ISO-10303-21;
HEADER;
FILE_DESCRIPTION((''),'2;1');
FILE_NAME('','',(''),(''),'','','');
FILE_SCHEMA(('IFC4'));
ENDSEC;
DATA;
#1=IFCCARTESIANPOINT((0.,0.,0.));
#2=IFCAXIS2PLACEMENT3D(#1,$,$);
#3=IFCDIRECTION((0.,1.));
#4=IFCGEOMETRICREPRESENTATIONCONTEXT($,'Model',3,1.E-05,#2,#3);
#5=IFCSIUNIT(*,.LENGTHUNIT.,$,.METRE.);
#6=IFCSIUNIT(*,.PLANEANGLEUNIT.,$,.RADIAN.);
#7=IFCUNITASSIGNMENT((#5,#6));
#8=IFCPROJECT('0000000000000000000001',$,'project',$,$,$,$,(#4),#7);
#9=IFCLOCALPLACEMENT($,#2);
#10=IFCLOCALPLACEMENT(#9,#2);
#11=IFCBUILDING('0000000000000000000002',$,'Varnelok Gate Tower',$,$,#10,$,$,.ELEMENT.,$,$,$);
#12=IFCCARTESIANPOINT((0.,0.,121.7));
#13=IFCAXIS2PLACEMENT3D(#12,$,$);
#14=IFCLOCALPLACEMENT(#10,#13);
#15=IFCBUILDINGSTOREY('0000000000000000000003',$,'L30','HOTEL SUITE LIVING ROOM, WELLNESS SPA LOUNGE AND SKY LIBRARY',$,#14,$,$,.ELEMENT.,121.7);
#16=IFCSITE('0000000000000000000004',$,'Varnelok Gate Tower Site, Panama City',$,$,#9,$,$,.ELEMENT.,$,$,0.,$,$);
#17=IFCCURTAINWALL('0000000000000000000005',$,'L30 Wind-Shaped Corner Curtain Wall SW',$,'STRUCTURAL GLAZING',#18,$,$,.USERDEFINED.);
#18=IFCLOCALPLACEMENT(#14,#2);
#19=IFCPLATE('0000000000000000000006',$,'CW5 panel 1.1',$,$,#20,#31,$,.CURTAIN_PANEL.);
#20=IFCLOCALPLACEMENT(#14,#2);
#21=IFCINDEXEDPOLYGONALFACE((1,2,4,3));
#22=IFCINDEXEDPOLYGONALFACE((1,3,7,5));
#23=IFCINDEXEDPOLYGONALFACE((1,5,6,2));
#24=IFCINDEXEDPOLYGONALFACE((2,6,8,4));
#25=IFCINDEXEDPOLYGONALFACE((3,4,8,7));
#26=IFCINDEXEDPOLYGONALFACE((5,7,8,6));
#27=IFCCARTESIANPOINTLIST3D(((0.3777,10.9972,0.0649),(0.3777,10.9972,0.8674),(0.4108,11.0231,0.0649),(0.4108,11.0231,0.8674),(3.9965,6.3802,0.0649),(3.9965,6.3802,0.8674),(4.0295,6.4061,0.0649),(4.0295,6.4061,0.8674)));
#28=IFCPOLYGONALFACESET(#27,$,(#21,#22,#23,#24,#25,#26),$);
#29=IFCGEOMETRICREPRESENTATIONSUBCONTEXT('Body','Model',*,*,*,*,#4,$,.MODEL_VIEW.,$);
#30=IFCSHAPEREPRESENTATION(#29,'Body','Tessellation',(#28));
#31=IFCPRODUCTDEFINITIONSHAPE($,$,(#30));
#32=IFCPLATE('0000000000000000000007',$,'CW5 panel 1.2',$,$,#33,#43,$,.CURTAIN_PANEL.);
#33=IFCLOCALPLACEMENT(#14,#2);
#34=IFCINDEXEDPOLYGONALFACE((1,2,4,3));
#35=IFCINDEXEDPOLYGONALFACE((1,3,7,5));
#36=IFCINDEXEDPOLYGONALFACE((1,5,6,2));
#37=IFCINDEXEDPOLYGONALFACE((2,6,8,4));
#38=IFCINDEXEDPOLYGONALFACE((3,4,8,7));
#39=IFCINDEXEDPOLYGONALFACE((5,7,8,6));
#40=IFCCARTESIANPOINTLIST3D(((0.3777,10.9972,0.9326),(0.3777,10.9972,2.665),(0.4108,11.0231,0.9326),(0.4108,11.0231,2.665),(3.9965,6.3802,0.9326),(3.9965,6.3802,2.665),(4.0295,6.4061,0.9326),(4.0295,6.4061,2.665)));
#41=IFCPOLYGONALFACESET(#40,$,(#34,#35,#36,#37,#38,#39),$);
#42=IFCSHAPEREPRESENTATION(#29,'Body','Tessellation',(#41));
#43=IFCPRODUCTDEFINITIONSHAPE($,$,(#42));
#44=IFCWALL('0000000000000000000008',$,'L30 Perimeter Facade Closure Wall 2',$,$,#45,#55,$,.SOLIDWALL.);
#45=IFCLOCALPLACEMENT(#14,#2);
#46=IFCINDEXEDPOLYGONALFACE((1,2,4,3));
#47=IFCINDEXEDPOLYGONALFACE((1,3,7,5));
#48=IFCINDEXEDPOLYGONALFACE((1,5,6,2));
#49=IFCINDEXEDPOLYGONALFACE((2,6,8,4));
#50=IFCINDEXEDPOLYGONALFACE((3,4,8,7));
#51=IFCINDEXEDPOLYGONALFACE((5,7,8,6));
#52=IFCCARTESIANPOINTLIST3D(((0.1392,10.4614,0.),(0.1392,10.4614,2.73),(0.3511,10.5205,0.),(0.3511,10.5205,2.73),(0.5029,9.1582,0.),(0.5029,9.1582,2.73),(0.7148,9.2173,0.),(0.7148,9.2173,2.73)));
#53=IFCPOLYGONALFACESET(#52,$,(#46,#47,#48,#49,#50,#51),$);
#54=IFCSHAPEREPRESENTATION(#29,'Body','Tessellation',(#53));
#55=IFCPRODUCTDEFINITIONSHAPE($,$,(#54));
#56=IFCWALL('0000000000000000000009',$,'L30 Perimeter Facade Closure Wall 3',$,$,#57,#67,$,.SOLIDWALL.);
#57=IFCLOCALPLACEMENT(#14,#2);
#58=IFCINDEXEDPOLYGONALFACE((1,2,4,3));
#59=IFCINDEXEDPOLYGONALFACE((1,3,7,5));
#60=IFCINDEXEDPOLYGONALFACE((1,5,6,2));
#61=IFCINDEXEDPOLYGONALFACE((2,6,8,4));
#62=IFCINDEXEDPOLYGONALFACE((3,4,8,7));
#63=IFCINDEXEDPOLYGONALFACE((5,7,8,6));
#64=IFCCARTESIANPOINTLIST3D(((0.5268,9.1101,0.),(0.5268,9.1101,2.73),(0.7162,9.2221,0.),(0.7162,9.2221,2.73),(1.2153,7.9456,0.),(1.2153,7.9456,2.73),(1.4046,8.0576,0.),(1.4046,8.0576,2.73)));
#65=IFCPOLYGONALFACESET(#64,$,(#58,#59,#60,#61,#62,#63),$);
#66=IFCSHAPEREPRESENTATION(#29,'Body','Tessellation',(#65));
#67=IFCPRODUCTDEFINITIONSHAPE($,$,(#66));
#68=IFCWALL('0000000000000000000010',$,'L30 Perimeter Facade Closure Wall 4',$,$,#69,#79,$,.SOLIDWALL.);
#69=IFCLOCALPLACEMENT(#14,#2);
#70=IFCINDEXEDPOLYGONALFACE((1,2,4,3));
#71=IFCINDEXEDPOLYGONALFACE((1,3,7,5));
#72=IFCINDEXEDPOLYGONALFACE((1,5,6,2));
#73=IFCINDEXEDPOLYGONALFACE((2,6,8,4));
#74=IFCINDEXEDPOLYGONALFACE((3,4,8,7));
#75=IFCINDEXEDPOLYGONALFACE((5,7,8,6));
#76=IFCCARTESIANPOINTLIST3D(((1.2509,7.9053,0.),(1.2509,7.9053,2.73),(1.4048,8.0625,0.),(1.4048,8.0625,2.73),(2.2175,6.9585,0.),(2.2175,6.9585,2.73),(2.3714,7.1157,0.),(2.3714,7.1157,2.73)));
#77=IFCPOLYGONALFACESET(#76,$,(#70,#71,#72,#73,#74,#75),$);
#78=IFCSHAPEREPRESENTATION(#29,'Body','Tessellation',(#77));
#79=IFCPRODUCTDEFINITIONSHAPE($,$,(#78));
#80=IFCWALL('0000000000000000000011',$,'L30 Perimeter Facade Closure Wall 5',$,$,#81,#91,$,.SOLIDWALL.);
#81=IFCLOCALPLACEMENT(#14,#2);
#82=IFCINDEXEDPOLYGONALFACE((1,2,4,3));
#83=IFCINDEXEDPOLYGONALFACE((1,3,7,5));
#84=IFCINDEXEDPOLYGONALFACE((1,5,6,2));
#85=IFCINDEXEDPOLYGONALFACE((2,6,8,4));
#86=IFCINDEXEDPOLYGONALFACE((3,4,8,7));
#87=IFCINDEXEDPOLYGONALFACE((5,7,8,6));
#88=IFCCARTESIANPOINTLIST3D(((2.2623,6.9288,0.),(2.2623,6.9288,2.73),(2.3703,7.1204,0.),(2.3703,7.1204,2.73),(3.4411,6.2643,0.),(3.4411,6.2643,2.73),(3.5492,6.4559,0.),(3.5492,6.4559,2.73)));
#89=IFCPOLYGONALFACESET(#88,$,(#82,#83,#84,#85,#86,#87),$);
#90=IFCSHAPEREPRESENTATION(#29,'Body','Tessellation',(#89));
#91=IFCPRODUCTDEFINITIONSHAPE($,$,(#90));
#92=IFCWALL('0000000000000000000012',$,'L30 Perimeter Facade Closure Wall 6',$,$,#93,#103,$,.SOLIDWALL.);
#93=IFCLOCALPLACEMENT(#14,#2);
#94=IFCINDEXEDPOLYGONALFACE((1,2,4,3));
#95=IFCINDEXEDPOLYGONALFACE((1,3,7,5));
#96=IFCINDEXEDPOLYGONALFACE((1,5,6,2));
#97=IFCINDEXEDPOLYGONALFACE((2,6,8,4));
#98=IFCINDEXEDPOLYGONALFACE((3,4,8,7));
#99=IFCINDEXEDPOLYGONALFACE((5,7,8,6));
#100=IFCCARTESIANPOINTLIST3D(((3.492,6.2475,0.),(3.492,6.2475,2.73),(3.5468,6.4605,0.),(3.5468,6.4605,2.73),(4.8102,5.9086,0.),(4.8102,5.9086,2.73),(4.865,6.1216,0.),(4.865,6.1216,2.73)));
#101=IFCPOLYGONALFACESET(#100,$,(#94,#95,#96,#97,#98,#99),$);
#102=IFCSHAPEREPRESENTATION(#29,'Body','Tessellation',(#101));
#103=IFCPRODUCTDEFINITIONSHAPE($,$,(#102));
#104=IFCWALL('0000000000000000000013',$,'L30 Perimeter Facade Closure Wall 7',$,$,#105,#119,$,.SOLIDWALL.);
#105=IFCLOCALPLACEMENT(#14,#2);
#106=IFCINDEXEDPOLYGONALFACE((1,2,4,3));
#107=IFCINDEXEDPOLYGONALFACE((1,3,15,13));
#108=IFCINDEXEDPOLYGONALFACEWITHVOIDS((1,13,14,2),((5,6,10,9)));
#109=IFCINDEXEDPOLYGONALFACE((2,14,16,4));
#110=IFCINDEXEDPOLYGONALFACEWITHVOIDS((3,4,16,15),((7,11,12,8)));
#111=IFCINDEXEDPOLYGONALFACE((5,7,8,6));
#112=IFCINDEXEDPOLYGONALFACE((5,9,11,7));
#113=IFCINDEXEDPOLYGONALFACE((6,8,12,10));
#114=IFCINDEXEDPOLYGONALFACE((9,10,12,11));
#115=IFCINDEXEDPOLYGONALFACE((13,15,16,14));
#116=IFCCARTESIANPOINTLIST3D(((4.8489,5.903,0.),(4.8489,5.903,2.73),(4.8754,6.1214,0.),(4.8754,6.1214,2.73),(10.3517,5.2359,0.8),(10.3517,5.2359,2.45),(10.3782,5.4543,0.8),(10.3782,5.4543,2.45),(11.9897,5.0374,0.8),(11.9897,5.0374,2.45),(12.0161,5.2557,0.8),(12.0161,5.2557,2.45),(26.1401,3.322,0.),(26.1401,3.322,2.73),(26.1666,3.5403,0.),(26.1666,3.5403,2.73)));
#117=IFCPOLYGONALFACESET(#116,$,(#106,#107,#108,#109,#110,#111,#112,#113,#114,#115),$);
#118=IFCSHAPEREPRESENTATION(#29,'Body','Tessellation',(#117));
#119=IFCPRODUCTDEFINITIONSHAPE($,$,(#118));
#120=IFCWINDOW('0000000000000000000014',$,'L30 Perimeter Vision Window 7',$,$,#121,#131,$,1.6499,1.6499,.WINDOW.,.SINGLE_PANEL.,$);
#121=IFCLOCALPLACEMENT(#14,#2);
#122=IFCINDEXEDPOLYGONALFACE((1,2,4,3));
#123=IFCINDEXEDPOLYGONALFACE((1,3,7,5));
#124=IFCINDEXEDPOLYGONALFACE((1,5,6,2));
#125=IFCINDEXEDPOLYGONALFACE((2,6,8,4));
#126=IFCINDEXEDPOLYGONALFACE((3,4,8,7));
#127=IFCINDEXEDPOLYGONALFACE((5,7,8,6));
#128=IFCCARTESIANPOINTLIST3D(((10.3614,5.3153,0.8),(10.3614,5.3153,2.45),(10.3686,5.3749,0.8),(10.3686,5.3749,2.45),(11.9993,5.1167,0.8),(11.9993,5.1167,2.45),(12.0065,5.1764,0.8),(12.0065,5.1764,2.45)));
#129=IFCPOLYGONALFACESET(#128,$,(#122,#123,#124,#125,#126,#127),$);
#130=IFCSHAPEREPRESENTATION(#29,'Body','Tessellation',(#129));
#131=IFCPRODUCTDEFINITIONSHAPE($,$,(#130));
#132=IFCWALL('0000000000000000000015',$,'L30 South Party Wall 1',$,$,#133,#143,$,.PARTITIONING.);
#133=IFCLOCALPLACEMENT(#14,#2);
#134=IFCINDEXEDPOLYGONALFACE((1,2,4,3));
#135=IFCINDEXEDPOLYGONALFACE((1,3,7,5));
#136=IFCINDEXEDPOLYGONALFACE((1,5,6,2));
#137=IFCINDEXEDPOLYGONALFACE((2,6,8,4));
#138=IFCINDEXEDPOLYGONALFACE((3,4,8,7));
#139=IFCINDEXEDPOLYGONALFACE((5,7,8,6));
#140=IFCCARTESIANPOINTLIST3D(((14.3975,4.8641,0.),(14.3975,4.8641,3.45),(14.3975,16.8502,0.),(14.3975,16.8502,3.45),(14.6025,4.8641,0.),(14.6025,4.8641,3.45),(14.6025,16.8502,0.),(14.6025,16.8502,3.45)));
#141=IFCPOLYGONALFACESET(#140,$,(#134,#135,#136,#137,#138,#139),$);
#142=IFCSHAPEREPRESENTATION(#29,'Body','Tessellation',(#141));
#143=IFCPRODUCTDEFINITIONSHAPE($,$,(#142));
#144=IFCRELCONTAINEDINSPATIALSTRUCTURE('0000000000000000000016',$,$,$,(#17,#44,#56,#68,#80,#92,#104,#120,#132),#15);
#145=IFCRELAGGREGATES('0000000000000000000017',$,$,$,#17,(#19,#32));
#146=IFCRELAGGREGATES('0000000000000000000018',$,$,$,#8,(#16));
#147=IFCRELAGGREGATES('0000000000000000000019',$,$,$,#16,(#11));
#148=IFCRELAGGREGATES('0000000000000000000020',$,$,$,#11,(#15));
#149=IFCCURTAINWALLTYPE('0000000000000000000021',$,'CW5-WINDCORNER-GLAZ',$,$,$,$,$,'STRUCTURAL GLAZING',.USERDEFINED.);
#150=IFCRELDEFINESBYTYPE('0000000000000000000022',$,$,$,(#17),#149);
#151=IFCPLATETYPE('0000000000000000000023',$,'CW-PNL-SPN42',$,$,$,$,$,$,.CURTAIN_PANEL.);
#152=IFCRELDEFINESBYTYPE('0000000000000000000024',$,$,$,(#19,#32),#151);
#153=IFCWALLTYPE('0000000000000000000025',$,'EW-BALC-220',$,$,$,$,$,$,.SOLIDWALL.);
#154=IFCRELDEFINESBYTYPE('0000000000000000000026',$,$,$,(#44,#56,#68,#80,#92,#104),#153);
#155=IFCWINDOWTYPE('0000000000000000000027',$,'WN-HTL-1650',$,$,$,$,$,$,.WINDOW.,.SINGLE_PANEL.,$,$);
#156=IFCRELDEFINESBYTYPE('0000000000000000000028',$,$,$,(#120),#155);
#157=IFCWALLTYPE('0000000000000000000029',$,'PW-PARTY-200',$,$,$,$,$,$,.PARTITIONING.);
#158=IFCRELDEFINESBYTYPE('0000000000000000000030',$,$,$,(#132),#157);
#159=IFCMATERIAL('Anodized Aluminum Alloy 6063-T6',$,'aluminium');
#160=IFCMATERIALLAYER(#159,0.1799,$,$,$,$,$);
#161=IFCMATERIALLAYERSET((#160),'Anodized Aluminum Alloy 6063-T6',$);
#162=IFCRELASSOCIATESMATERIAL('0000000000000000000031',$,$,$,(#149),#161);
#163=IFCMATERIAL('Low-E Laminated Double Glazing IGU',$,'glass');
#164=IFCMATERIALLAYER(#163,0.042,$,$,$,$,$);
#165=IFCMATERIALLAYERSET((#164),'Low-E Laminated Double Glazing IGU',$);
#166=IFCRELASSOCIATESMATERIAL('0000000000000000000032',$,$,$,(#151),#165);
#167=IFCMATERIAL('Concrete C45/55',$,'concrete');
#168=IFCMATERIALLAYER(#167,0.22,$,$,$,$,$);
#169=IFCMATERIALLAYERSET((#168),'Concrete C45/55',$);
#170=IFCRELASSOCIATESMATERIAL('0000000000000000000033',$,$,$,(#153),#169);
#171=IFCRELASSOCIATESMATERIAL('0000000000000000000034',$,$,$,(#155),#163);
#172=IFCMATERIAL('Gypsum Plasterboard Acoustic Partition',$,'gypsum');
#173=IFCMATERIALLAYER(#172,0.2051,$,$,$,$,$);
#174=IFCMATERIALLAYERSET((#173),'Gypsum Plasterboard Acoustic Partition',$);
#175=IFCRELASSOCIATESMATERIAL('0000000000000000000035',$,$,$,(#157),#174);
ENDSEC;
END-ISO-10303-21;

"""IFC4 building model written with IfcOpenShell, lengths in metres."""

from ifc_helpers import new_model, si_unit, direction, frame, frame_2d, origin, origin_2d, place, context, subcontext, project, spatial, rectangle, extrude, source, transform, mapped, material, layer, layer_set, type_object, element, fill, aggregate, save


model = new_model("IFC4")

# Units and contexts
model_context = context("Model", 3, precision=1e-05, world=origin(), true_north=direction((0.0, 1.0)))
body_context = subcontext(model_context, "Body", "Model", "MODEL_VIEW")
ifc_project = project(units=[si_unit("LENGTHUNIT", "METRE"), si_unit("PLANEANGLEUNIT", "RADIAN")], contexts=[model_context])

# Site, building, storey
site_placement = place(None, origin())
site = spatial("IfcSite", under=ifc_project, at=site_placement, Name="Varnelok Gate Tower Site, Panama City", CompositionType="ELEMENT", RefElevation=0.0)
building_placement = place(site_placement, origin())
building = spatial("IfcBuilding", under=site, at=building_placement, Name="Varnelok Gate Tower", CompositionType="ELEMENT")
storey_placement = place(building_placement, frame((0.0, 0.0, 121.7)))
storey = spatial("IfcBuildingStorey", under=building, at=storey_placement, Name="L30", Description="HOTEL SUITE LIVING ROOM, WELLNESS SPA LOUNGE AND SKY LIBRARY", CompositionType="ELEMENT", Elevation=121.7)

# Curtain wall
ifc_material_1 = material(Name="Anodized Aluminum Alloy 6063-T6", Category="aluminium")
ifc_layer_1 = layer(ifc_material_1, 0.1799)
ifc_layer_set_1 = layer_set([ifc_layer_1], Name="Anodized Aluminum Alloy 6063-T6")
curtain_wall_type = type_object("IfcCurtainWallType", Name="CW5-WINDCORNER-GLAZ", ElementType="STRUCTURAL GLAZING", PredefinedType="USERDEFINED", material=ifc_layer_set_1)
curtain_wall_placement = place(storey_placement, origin())
curtain_wall = element("IfcCurtainWall", 1, at=curtain_wall_placement, inside=storey, type_object=curtain_wall_type, Name="L30 Wind-Shaped Corner Curtain Wall SW", ObjectType="STRUCTURAL GLAZING", PredefinedType="USERDEFINED")

# Shared definitions
ifc_material_2 = material(Name="Concrete C45/55", Category="concrete")

# Plates
ifc_material_3 = material(Name="Low-E Laminated Double Glazing IGU", Category="glass")
ifc_layer_2 = layer(ifc_material_3, 0.042)
ifc_layer_set_2 = layer_set([ifc_layer_2], Name="Low-E Laminated Double Glazing IGU")
plate_type = type_object("IfcPlateType", Name="CW-PNL-SPN42", PredefinedType="CURTAIN_PANEL", material=ifc_layer_set_2)
shared_shape_1 = source(origin(), body_context, "Body", "SweptSolid", [
    extrude(rectangle(XDim=5.8662, YDim=0.042, at=origin_2d()), origin(), (0.0, 0.0, 1.0), 0.8025),
])
plate_1_placement = place(storey_placement, frame((2.2036, 8.7017, 0.0649), z_axis=(0.0, 0.0, 1.0), x_axis=(0.616883, -0.787055, 0.0)))
plate_1 = element("IfcPlate", 2, at=plate_1_placement, type_object=plate_type, Name="CW5 panel 1.1", PredefinedType="CURTAIN_PANEL", context=body_context, shape_type="MappedRepresentation", body=[
    mapped(shared_shape_1, transform((0.0, 0.0, 0.0), scale=1.0)),
])
shared_shape_2 = source(origin(), body_context, "Body", "SweptSolid", [
    extrude(rectangle(XDim=5.8662, YDim=0.042, at=origin_2d()), origin(), (0.0, 0.0, 1.0), 1.7324),
])
plate_2_placement = place(storey_placement, frame((2.2036, 8.7017, 0.9326), z_axis=(0.0, 0.0, 1.0), x_axis=(0.616883, -0.787055, 0.0)))
plate_2 = element("IfcPlate", 3, at=plate_2_placement, type_object=plate_type, Name="CW5 panel 1.2", PredefinedType="CURTAIN_PANEL", context=body_context, shape_type="MappedRepresentation", body=[
    mapped(shared_shape_2, transform((0.0, 0.0, 0.0), scale=1.0)),
])
aggregate(curtain_wall, [plate_1, plate_2])

# Walls
ifc_layer_3 = layer(ifc_material_2, 0.22)
ifc_layer_set_3 = layer_set([ifc_layer_3], Name="Concrete C45/55")
wall_type_1 = type_object("IfcWallType", Name="EW-BALC-220", PredefinedType="SOLIDWALL", material=ifc_layer_set_3)
wall_1_placement = place(storey_placement, frame((0.2451, 10.491, 0.0), z_axis=(0.0, 0.0, 1.0), x_axis=(0.268853, -0.963181, 0.0)))
element("IfcWall", 4, at=wall_1_placement, inside=storey, type_object=wall_type_1, Name="L30 Perimeter Facade Closure Wall 2", PredefinedType="SOLIDWALL", context=body_context, shape_type="SweptSolid", body=[
    extrude(rectangle(XDim=1.353, YDim=0.22, at=frame_2d((0.6765, 0.0))), origin(), (0.0, 0.0, 1.0), 2.73),
])
wall_2_placement = place(storey_placement, frame((0.6216, 9.166, 0.0), z_axis=(0.0, 0.0, 1.0), x_axis=(0.508912, -0.860819, 0.0)))
element("IfcWall", 5, at=wall_2_placement, inside=storey, type_object=wall_type_1, Name="L30 Perimeter Facade Closure Wall 3", PredefinedType="SOLIDWALL", context=body_context, shape_type="SweptSolid", body=[
    extrude(rectangle(XDim=1.3528, YDim=0.22, at=frame_2d((0.6763, 0.0))), origin(), (0.0, 0.0, 1.0), 2.73),
])
wall_3_placement = place(storey_placement, frame((1.3279, 7.9839, 0.0), z_axis=(0.0, 0.0, 1.0), x_axis=(0.714377, -0.699761, 0.0)))
element("IfcWall", 6, at=wall_3_placement, inside=storey, type_object=wall_type_1, Name="L30 Perimeter Facade Closure Wall 4", PredefinedType="SOLIDWALL", context=body_context, shape_type="SweptSolid", body=[
    extrude(rectangle(XDim=1.353, YDim=0.22, at=frame_2d((0.6765, 0.0))), origin(), (0.0, 0.0, 1.0), 2.73),
])
wall_4_placement = place(storey_placement, frame((2.3162, 7.0247, 0.0), z_axis=(0.0, 0.0, 1.0), x_axis=(0.871137, -0.49104, 0.0)))
element("IfcWall", 7, at=wall_4_placement, inside=storey, type_object=wall_type_1, Name="L30 Perimeter Facade Closure Wall 5", PredefinedType="SOLIDWALL", context=body_context, shape_type="SweptSolid", body=[
    extrude(rectangle(XDim=1.3533, YDim=0.22, at=frame_2d((0.6768, 0.0))), origin(), (0.0, 0.0, 1.0), 2.73),
])
wall_5_placement = place(storey_placement, frame((3.5193, 6.354, 0.0), z_axis=(0.0, 0.0, 1.0), x_axis=(0.968507, -0.248988, 0.0)))
element("IfcWall", 8, at=wall_5_placement, inside=storey, type_object=wall_type_1, Name="L30 Perimeter Facade Closure Wall 6", PredefinedType="SOLIDWALL", context=body_context, shape_type="SweptSolid", body=[
    extrude(rectangle(XDim=1.3611, YDim=0.22, at=frame_2d((0.6807, 0.0))), origin(), (0.0, 0.0, 1.0), 2.73),
])

# Wall, opening, window
wall_6_placement = place(storey_placement, frame((4.8621, 6.0122, 0.0), z_axis=(0.0, 0.0, 1.0), x_axis=(0.992732, -0.120345, 0.0)))
wall_6 = element("IfcWall", 9, at=wall_6_placement, inside=storey, type_object=wall_type_1, Name="L30 Perimeter Facade Closure Wall 7", PredefinedType="SOLIDWALL", context=body_context, shape_type="SweptSolid", body=[
    extrude(rectangle(XDim=21.447, YDim=0.22, at=frame_2d((10.7236, 0.0))), origin(), (0.0, 0.0, 1.0), 2.73),
])
opening_placement = place(wall_6_placement, frame((5.5432, 0.0, 0.8)))
opening = element("IfcOpeningElement", 10, at=opening_placement, cuts=wall_6, PredefinedType="OPENING", context=body_context, shape_type="SweptSolid", body=[
    extrude(rectangle(XDim=1.6499, YDim=1.6499, at=frame_2d((0.825, 0.825))), frame((0.0, 0.1199, 0.0), z_axis=(0.0, -1.0, 0.0), x_axis=(1.0, 0.0, 0.0)), (0.0, 0.0, 1.0), 0.24),
])
window_type = type_object("IfcWindowType", Name="WN-HTL-1650", PartitioningType="SINGLE_PANEL", PredefinedType="WINDOW", material=ifc_material_3)
window_placement = place(opening_placement, origin())
window = element("IfcWindow", 11, at=window_placement, inside=storey, type_object=window_type, Name="L30 Perimeter Vision Window 7", OverallHeight=1.6499, OverallWidth=1.6499, PartitioningType="SINGLE_PANEL", PredefinedType="WINDOW", context=body_context, shape_type="SweptSolid", body=[
    extrude(rectangle(XDim=1.6499, YDim=1.6499, at=frame_2d((0.825, 0.825))), frame((0.0, 0.03, 0.0), z_axis=(0.0, -1.0, 0.0), x_axis=(1.0, 0.0, 0.0)), (0.0, 0.0, 1.0), 0.0601),
])
fill(opening, window)

# Wall
ifc_material_4 = material(Name="Gypsum Plasterboard Acoustic Partition", Category="gypsum")
ifc_layer_4 = layer(ifc_material_4, 0.2051)
ifc_layer_set_4 = layer_set([ifc_layer_4], Name="Gypsum Plasterboard Acoustic Partition")
wall_type_2 = type_object("IfcWallType", Name="PW-PARTY-200", PredefinedType="PARTITIONING", material=ifc_layer_set_4)
wall_7_placement = place(storey_placement, frame((14.5, 4.864, 0.0), z_axis=(0.0, 0.0, 1.0), x_axis=(0.0, 1.0, 0.0)))
element("IfcWall", 12, at=wall_7_placement, inside=storey, type_object=wall_type_2, Name="L30 South Party Wall 1", PredefinedType="PARTITIONING", context=body_context, shape_type="SweptSolid", body=[
    extrude(rectangle(XDim=11.9861, YDim=0.2051, at=frame_2d((5.9932, 0.0))), origin(), (0.0, 0.0, 1.0), 3.45),
])

save(model, "model.ifc")
